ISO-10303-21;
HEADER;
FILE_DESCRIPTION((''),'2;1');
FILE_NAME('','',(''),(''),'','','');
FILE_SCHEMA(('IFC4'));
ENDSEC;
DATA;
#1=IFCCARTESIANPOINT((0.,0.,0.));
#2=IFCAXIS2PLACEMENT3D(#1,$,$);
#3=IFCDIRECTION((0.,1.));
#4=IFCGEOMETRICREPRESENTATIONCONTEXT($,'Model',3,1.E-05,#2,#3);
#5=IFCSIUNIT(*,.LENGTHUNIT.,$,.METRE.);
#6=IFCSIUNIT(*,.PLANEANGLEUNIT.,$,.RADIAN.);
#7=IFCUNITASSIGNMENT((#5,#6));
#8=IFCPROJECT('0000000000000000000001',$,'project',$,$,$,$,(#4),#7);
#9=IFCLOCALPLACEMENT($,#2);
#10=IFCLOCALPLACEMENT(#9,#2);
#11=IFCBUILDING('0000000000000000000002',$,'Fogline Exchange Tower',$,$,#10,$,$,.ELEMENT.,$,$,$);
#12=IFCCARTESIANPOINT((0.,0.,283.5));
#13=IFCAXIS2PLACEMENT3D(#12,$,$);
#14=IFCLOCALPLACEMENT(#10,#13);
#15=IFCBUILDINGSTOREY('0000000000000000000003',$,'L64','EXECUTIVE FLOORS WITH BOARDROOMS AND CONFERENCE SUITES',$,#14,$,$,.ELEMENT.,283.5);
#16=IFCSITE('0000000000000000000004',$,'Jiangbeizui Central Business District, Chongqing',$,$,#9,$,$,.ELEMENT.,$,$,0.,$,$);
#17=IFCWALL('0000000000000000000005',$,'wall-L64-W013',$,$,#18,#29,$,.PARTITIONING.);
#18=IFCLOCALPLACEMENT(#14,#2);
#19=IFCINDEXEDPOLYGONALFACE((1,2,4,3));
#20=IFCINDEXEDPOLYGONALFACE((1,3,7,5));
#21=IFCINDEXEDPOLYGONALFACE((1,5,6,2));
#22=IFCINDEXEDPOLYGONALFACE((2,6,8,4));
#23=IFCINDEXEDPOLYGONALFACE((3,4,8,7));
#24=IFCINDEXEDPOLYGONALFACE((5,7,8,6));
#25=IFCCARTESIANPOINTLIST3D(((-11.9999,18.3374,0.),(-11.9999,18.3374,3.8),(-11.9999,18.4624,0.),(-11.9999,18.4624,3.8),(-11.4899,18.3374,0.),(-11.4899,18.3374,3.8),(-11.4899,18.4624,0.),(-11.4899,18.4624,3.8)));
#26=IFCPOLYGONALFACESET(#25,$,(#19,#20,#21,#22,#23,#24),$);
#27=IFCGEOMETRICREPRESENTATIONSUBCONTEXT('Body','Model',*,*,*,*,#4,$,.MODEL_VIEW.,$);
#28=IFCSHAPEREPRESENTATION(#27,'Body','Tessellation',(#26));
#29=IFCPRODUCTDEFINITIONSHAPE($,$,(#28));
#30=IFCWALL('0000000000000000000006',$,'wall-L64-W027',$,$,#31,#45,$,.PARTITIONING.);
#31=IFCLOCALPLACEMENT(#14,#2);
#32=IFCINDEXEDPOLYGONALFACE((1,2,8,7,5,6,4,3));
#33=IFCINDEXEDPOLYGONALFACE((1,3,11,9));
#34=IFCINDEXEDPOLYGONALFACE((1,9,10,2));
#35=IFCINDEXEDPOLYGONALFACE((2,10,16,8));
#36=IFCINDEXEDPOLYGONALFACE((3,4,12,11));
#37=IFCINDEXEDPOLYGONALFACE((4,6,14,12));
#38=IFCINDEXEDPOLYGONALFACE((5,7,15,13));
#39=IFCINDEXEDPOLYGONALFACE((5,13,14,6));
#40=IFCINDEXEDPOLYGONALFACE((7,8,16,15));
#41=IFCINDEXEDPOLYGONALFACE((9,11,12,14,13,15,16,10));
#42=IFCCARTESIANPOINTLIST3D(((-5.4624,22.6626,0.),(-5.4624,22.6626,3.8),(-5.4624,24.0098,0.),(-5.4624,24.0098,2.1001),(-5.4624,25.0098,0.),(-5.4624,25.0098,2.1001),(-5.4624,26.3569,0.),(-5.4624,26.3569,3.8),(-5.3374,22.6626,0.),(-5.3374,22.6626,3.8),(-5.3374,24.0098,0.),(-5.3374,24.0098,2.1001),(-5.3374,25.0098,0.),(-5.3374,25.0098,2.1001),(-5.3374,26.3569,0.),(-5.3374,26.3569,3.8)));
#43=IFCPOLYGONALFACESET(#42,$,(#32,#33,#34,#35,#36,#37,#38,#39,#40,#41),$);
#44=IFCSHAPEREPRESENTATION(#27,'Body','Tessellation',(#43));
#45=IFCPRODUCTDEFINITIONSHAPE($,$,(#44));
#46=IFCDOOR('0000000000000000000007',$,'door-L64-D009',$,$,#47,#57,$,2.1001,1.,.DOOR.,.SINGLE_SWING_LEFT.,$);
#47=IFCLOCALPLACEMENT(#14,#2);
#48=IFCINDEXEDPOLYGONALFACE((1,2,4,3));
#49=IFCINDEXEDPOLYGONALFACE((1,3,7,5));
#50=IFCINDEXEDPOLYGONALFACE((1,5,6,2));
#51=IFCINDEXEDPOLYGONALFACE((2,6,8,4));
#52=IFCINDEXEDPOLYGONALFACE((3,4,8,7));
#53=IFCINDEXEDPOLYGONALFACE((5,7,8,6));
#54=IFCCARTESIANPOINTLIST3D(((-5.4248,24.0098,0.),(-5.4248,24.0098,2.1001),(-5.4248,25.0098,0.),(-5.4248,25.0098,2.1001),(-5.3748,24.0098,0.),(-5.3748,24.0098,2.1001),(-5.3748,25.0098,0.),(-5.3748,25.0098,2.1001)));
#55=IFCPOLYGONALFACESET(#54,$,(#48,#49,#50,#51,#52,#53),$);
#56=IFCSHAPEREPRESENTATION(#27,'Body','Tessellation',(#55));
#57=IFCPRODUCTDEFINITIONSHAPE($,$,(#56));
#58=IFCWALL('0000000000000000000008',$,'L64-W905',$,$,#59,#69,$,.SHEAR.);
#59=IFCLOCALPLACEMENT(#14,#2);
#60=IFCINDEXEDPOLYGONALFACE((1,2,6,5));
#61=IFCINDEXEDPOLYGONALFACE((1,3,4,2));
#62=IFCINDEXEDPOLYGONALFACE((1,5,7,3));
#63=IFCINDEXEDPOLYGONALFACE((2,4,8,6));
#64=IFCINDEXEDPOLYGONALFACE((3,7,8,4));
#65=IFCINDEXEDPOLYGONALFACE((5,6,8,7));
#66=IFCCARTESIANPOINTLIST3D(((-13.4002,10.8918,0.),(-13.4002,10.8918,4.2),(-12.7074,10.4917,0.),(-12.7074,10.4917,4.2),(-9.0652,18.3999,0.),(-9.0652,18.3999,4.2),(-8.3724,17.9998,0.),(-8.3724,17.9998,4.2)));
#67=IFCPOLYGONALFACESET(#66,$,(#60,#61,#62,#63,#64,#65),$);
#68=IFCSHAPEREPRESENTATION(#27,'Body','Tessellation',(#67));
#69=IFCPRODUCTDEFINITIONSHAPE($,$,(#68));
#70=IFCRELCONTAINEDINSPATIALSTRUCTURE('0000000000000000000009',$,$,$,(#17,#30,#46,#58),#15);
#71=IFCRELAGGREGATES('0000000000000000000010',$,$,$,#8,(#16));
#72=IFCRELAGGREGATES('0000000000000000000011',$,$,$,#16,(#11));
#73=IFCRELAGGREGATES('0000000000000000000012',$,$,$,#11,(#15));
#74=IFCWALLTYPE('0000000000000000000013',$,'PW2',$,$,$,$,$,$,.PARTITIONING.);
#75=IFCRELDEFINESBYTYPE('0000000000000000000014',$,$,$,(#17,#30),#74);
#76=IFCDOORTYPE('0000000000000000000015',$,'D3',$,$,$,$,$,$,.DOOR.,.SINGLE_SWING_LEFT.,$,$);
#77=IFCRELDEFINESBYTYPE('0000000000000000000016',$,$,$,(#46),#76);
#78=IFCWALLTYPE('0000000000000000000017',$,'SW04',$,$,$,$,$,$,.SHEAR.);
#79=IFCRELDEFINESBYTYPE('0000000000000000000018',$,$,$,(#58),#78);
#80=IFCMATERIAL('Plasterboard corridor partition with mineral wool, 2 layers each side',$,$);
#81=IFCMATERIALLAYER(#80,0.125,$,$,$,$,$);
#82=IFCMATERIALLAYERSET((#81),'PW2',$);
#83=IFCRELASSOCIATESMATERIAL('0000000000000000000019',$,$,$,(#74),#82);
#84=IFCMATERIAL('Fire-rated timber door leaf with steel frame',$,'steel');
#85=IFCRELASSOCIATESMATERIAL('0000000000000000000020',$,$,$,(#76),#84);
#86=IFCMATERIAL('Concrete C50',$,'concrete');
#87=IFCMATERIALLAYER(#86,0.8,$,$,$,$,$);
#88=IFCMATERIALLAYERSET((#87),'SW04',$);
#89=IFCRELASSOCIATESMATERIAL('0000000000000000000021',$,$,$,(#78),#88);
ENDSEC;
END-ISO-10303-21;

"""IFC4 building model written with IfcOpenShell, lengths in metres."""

from ifc_helpers import new_model, si_unit, direction, frame, frame_2d, origin, place, context, subcontext, project, spatial, rectangle, extrude, material, layer, layer_set, type_object, element, fill, save


model = new_model("IFC4")

# Units and contexts
model_context = context("Model", 3, precision=1e-05, world=origin(), true_north=direction((0.0, 1.0)))
body_context = subcontext(model_context, "Body", "Model", "MODEL_VIEW")
ifc_project = project(units=[si_unit("LENGTHUNIT", "METRE"), si_unit("PLANEANGLEUNIT", "RADIAN")], contexts=[model_context])

# Site, building, storey
site_placement = place(None, origin())
site = spatial("IfcSite", under=ifc_project, at=site_placement, Name="Jiangbeizui Central Business District, Chongqing", CompositionType="ELEMENT", RefElevation=0.0)
building_placement = place(site_placement, origin())
building = spatial("IfcBuilding", under=site, at=building_placement, Name="Fogline Exchange Tower", CompositionType="ELEMENT")
storey_placement = place(building_placement, frame((0.0, 0.0, 283.5)))
storey = spatial("IfcBuildingStorey", under=building, at=storey_placement, Name="L64", Description="EXECUTIVE FLOORS WITH BOARDROOMS AND CONFERENCE SUITES", CompositionType="ELEMENT", Elevation=283.5)

# Shared definitions
ifc_material_1 = material(Name="Plasterboard corridor partition with mineral wool, 2 layers each side")
ifc_layer_1 = layer(ifc_material_1, 0.125)
ifc_layer_set_1 = layer_set([ifc_layer_1], Name="PW2")
wall_type_1 = type_object("IfcWallType", Name="PW2", PredefinedType="PARTITIONING", material=ifc_layer_set_1)
ifc_material_2 = material(Name="Fire-rated timber door leaf with steel frame", Category="steel")
door_type_1 = type_object("IfcDoorType", Name="D3", OperationType="SINGLE_SWING_LEFT", PredefinedType="DOOR", material=ifc_material_2)

# Wall
wall_1_placement = place(storey_placement, frame((-11.49, 18.3999, 0.0), z_axis=(0.0, 0.0, 1.0), x_axis=(-1.0, 0.0, 0.0)))
element("IfcWall", 1, at=wall_1_placement, inside=storey, type_object=wall_type_1, Name="wall-L64-W013", PredefinedType="PARTITIONING", context=body_context, shape_type="SweptSolid", body=[
    extrude(rectangle(XDim=0.51, YDim=0.125, at=frame_2d((0.2549, 0.0))), origin(), (0.0, 0.0, 1.0), 3.8),
])

# Wall, opening, door
wall_2_placement = place(storey_placement, frame((-5.3999, 22.6626, 0.0), z_axis=(0.0, 0.0, 1.0), x_axis=(0.0, 1.0, 0.0)))
wall_2 = element("IfcWall", 2, at=wall_2_placement, inside=storey, type_object=wall_type_1, Name="wall-L64-W027", PredefinedType="PARTITIONING", context=body_context, shape_type="SweptSolid", body=[
    extrude(rectangle(XDim=3.6943, YDim=0.125, at=frame_2d((1.8472, 0.0))), origin(), (0.0, 0.0, 1.0), 3.8),
])
opening_1_placement = place(wall_2_placement, frame((1.3472, 0.0, 0.0)))
opening_1 = element("IfcOpeningElement", 3, at=opening_1_placement, cuts=wall_2, PredefinedType="OPENING", context=body_context, shape_type="SweptSolid", body=[
    extrude(rectangle(XDim=1.0, YDim=2.1001, at=frame_2d((0.5, 1.05))), frame((0.0, 0.0725, 0.0), z_axis=(0.0, -1.0, 0.0), x_axis=(1.0, 0.0, 0.0)), (0.0, 0.0, 1.0), 0.145),
])
door_1_placement = place(opening_1_placement, origin())
door_1 = element("IfcDoor", 4, at=door_1_placement, inside=storey, type_object=door_type_1, Name="door-L64-D009", OperationType="SINGLE_SWING_LEFT", OverallHeight=2.1001, OverallWidth=1.0, PredefinedType="DOOR", context=body_context, shape_type="SweptSolid", body=[
    extrude(rectangle(XDim=1.0, YDim=2.1001, at=frame_2d((0.5, 1.05))), frame((0.0, 0.0249, 0.0), z_axis=(0.0, -1.0, 0.0), x_axis=(1.0, 0.0, 0.0)), (0.0, 0.0, 1.0), 0.05),
])
fill(opening_1, door_1)

# Wall
ifc_material_3 = material(Name="Concrete C50", Category="concrete")
ifc_layer_2 = layer(ifc_material_3, 0.8)
ifc_layer_set_2 = layer_set([ifc_layer_2], Name="SW04")
wall_type_2 = type_object("IfcWallType", Name="SW04", PredefinedType="SHEAR", material=ifc_layer_set_2)
wall_3_placement = place(storey_placement, frame((-8.7188, 18.2, 0.0), z_axis=(0.0, 0.0, 1.0), x_axis=(-0.500016, -0.866016, 0.0)))
element("IfcWall", 5, at=wall_3_placement, inside=storey, type_object=wall_type_2, Name="L64-W905", PredefinedType="SHEAR", context=body_context, shape_type="SweptSolid", body=[
    extrude(rectangle(XDim=8.6697, YDim=0.8, at=frame_2d((4.335, 0.0))), origin(), (0.0, 0.0, 1.0), 4.2),
])

save(model, "model.ifc")
